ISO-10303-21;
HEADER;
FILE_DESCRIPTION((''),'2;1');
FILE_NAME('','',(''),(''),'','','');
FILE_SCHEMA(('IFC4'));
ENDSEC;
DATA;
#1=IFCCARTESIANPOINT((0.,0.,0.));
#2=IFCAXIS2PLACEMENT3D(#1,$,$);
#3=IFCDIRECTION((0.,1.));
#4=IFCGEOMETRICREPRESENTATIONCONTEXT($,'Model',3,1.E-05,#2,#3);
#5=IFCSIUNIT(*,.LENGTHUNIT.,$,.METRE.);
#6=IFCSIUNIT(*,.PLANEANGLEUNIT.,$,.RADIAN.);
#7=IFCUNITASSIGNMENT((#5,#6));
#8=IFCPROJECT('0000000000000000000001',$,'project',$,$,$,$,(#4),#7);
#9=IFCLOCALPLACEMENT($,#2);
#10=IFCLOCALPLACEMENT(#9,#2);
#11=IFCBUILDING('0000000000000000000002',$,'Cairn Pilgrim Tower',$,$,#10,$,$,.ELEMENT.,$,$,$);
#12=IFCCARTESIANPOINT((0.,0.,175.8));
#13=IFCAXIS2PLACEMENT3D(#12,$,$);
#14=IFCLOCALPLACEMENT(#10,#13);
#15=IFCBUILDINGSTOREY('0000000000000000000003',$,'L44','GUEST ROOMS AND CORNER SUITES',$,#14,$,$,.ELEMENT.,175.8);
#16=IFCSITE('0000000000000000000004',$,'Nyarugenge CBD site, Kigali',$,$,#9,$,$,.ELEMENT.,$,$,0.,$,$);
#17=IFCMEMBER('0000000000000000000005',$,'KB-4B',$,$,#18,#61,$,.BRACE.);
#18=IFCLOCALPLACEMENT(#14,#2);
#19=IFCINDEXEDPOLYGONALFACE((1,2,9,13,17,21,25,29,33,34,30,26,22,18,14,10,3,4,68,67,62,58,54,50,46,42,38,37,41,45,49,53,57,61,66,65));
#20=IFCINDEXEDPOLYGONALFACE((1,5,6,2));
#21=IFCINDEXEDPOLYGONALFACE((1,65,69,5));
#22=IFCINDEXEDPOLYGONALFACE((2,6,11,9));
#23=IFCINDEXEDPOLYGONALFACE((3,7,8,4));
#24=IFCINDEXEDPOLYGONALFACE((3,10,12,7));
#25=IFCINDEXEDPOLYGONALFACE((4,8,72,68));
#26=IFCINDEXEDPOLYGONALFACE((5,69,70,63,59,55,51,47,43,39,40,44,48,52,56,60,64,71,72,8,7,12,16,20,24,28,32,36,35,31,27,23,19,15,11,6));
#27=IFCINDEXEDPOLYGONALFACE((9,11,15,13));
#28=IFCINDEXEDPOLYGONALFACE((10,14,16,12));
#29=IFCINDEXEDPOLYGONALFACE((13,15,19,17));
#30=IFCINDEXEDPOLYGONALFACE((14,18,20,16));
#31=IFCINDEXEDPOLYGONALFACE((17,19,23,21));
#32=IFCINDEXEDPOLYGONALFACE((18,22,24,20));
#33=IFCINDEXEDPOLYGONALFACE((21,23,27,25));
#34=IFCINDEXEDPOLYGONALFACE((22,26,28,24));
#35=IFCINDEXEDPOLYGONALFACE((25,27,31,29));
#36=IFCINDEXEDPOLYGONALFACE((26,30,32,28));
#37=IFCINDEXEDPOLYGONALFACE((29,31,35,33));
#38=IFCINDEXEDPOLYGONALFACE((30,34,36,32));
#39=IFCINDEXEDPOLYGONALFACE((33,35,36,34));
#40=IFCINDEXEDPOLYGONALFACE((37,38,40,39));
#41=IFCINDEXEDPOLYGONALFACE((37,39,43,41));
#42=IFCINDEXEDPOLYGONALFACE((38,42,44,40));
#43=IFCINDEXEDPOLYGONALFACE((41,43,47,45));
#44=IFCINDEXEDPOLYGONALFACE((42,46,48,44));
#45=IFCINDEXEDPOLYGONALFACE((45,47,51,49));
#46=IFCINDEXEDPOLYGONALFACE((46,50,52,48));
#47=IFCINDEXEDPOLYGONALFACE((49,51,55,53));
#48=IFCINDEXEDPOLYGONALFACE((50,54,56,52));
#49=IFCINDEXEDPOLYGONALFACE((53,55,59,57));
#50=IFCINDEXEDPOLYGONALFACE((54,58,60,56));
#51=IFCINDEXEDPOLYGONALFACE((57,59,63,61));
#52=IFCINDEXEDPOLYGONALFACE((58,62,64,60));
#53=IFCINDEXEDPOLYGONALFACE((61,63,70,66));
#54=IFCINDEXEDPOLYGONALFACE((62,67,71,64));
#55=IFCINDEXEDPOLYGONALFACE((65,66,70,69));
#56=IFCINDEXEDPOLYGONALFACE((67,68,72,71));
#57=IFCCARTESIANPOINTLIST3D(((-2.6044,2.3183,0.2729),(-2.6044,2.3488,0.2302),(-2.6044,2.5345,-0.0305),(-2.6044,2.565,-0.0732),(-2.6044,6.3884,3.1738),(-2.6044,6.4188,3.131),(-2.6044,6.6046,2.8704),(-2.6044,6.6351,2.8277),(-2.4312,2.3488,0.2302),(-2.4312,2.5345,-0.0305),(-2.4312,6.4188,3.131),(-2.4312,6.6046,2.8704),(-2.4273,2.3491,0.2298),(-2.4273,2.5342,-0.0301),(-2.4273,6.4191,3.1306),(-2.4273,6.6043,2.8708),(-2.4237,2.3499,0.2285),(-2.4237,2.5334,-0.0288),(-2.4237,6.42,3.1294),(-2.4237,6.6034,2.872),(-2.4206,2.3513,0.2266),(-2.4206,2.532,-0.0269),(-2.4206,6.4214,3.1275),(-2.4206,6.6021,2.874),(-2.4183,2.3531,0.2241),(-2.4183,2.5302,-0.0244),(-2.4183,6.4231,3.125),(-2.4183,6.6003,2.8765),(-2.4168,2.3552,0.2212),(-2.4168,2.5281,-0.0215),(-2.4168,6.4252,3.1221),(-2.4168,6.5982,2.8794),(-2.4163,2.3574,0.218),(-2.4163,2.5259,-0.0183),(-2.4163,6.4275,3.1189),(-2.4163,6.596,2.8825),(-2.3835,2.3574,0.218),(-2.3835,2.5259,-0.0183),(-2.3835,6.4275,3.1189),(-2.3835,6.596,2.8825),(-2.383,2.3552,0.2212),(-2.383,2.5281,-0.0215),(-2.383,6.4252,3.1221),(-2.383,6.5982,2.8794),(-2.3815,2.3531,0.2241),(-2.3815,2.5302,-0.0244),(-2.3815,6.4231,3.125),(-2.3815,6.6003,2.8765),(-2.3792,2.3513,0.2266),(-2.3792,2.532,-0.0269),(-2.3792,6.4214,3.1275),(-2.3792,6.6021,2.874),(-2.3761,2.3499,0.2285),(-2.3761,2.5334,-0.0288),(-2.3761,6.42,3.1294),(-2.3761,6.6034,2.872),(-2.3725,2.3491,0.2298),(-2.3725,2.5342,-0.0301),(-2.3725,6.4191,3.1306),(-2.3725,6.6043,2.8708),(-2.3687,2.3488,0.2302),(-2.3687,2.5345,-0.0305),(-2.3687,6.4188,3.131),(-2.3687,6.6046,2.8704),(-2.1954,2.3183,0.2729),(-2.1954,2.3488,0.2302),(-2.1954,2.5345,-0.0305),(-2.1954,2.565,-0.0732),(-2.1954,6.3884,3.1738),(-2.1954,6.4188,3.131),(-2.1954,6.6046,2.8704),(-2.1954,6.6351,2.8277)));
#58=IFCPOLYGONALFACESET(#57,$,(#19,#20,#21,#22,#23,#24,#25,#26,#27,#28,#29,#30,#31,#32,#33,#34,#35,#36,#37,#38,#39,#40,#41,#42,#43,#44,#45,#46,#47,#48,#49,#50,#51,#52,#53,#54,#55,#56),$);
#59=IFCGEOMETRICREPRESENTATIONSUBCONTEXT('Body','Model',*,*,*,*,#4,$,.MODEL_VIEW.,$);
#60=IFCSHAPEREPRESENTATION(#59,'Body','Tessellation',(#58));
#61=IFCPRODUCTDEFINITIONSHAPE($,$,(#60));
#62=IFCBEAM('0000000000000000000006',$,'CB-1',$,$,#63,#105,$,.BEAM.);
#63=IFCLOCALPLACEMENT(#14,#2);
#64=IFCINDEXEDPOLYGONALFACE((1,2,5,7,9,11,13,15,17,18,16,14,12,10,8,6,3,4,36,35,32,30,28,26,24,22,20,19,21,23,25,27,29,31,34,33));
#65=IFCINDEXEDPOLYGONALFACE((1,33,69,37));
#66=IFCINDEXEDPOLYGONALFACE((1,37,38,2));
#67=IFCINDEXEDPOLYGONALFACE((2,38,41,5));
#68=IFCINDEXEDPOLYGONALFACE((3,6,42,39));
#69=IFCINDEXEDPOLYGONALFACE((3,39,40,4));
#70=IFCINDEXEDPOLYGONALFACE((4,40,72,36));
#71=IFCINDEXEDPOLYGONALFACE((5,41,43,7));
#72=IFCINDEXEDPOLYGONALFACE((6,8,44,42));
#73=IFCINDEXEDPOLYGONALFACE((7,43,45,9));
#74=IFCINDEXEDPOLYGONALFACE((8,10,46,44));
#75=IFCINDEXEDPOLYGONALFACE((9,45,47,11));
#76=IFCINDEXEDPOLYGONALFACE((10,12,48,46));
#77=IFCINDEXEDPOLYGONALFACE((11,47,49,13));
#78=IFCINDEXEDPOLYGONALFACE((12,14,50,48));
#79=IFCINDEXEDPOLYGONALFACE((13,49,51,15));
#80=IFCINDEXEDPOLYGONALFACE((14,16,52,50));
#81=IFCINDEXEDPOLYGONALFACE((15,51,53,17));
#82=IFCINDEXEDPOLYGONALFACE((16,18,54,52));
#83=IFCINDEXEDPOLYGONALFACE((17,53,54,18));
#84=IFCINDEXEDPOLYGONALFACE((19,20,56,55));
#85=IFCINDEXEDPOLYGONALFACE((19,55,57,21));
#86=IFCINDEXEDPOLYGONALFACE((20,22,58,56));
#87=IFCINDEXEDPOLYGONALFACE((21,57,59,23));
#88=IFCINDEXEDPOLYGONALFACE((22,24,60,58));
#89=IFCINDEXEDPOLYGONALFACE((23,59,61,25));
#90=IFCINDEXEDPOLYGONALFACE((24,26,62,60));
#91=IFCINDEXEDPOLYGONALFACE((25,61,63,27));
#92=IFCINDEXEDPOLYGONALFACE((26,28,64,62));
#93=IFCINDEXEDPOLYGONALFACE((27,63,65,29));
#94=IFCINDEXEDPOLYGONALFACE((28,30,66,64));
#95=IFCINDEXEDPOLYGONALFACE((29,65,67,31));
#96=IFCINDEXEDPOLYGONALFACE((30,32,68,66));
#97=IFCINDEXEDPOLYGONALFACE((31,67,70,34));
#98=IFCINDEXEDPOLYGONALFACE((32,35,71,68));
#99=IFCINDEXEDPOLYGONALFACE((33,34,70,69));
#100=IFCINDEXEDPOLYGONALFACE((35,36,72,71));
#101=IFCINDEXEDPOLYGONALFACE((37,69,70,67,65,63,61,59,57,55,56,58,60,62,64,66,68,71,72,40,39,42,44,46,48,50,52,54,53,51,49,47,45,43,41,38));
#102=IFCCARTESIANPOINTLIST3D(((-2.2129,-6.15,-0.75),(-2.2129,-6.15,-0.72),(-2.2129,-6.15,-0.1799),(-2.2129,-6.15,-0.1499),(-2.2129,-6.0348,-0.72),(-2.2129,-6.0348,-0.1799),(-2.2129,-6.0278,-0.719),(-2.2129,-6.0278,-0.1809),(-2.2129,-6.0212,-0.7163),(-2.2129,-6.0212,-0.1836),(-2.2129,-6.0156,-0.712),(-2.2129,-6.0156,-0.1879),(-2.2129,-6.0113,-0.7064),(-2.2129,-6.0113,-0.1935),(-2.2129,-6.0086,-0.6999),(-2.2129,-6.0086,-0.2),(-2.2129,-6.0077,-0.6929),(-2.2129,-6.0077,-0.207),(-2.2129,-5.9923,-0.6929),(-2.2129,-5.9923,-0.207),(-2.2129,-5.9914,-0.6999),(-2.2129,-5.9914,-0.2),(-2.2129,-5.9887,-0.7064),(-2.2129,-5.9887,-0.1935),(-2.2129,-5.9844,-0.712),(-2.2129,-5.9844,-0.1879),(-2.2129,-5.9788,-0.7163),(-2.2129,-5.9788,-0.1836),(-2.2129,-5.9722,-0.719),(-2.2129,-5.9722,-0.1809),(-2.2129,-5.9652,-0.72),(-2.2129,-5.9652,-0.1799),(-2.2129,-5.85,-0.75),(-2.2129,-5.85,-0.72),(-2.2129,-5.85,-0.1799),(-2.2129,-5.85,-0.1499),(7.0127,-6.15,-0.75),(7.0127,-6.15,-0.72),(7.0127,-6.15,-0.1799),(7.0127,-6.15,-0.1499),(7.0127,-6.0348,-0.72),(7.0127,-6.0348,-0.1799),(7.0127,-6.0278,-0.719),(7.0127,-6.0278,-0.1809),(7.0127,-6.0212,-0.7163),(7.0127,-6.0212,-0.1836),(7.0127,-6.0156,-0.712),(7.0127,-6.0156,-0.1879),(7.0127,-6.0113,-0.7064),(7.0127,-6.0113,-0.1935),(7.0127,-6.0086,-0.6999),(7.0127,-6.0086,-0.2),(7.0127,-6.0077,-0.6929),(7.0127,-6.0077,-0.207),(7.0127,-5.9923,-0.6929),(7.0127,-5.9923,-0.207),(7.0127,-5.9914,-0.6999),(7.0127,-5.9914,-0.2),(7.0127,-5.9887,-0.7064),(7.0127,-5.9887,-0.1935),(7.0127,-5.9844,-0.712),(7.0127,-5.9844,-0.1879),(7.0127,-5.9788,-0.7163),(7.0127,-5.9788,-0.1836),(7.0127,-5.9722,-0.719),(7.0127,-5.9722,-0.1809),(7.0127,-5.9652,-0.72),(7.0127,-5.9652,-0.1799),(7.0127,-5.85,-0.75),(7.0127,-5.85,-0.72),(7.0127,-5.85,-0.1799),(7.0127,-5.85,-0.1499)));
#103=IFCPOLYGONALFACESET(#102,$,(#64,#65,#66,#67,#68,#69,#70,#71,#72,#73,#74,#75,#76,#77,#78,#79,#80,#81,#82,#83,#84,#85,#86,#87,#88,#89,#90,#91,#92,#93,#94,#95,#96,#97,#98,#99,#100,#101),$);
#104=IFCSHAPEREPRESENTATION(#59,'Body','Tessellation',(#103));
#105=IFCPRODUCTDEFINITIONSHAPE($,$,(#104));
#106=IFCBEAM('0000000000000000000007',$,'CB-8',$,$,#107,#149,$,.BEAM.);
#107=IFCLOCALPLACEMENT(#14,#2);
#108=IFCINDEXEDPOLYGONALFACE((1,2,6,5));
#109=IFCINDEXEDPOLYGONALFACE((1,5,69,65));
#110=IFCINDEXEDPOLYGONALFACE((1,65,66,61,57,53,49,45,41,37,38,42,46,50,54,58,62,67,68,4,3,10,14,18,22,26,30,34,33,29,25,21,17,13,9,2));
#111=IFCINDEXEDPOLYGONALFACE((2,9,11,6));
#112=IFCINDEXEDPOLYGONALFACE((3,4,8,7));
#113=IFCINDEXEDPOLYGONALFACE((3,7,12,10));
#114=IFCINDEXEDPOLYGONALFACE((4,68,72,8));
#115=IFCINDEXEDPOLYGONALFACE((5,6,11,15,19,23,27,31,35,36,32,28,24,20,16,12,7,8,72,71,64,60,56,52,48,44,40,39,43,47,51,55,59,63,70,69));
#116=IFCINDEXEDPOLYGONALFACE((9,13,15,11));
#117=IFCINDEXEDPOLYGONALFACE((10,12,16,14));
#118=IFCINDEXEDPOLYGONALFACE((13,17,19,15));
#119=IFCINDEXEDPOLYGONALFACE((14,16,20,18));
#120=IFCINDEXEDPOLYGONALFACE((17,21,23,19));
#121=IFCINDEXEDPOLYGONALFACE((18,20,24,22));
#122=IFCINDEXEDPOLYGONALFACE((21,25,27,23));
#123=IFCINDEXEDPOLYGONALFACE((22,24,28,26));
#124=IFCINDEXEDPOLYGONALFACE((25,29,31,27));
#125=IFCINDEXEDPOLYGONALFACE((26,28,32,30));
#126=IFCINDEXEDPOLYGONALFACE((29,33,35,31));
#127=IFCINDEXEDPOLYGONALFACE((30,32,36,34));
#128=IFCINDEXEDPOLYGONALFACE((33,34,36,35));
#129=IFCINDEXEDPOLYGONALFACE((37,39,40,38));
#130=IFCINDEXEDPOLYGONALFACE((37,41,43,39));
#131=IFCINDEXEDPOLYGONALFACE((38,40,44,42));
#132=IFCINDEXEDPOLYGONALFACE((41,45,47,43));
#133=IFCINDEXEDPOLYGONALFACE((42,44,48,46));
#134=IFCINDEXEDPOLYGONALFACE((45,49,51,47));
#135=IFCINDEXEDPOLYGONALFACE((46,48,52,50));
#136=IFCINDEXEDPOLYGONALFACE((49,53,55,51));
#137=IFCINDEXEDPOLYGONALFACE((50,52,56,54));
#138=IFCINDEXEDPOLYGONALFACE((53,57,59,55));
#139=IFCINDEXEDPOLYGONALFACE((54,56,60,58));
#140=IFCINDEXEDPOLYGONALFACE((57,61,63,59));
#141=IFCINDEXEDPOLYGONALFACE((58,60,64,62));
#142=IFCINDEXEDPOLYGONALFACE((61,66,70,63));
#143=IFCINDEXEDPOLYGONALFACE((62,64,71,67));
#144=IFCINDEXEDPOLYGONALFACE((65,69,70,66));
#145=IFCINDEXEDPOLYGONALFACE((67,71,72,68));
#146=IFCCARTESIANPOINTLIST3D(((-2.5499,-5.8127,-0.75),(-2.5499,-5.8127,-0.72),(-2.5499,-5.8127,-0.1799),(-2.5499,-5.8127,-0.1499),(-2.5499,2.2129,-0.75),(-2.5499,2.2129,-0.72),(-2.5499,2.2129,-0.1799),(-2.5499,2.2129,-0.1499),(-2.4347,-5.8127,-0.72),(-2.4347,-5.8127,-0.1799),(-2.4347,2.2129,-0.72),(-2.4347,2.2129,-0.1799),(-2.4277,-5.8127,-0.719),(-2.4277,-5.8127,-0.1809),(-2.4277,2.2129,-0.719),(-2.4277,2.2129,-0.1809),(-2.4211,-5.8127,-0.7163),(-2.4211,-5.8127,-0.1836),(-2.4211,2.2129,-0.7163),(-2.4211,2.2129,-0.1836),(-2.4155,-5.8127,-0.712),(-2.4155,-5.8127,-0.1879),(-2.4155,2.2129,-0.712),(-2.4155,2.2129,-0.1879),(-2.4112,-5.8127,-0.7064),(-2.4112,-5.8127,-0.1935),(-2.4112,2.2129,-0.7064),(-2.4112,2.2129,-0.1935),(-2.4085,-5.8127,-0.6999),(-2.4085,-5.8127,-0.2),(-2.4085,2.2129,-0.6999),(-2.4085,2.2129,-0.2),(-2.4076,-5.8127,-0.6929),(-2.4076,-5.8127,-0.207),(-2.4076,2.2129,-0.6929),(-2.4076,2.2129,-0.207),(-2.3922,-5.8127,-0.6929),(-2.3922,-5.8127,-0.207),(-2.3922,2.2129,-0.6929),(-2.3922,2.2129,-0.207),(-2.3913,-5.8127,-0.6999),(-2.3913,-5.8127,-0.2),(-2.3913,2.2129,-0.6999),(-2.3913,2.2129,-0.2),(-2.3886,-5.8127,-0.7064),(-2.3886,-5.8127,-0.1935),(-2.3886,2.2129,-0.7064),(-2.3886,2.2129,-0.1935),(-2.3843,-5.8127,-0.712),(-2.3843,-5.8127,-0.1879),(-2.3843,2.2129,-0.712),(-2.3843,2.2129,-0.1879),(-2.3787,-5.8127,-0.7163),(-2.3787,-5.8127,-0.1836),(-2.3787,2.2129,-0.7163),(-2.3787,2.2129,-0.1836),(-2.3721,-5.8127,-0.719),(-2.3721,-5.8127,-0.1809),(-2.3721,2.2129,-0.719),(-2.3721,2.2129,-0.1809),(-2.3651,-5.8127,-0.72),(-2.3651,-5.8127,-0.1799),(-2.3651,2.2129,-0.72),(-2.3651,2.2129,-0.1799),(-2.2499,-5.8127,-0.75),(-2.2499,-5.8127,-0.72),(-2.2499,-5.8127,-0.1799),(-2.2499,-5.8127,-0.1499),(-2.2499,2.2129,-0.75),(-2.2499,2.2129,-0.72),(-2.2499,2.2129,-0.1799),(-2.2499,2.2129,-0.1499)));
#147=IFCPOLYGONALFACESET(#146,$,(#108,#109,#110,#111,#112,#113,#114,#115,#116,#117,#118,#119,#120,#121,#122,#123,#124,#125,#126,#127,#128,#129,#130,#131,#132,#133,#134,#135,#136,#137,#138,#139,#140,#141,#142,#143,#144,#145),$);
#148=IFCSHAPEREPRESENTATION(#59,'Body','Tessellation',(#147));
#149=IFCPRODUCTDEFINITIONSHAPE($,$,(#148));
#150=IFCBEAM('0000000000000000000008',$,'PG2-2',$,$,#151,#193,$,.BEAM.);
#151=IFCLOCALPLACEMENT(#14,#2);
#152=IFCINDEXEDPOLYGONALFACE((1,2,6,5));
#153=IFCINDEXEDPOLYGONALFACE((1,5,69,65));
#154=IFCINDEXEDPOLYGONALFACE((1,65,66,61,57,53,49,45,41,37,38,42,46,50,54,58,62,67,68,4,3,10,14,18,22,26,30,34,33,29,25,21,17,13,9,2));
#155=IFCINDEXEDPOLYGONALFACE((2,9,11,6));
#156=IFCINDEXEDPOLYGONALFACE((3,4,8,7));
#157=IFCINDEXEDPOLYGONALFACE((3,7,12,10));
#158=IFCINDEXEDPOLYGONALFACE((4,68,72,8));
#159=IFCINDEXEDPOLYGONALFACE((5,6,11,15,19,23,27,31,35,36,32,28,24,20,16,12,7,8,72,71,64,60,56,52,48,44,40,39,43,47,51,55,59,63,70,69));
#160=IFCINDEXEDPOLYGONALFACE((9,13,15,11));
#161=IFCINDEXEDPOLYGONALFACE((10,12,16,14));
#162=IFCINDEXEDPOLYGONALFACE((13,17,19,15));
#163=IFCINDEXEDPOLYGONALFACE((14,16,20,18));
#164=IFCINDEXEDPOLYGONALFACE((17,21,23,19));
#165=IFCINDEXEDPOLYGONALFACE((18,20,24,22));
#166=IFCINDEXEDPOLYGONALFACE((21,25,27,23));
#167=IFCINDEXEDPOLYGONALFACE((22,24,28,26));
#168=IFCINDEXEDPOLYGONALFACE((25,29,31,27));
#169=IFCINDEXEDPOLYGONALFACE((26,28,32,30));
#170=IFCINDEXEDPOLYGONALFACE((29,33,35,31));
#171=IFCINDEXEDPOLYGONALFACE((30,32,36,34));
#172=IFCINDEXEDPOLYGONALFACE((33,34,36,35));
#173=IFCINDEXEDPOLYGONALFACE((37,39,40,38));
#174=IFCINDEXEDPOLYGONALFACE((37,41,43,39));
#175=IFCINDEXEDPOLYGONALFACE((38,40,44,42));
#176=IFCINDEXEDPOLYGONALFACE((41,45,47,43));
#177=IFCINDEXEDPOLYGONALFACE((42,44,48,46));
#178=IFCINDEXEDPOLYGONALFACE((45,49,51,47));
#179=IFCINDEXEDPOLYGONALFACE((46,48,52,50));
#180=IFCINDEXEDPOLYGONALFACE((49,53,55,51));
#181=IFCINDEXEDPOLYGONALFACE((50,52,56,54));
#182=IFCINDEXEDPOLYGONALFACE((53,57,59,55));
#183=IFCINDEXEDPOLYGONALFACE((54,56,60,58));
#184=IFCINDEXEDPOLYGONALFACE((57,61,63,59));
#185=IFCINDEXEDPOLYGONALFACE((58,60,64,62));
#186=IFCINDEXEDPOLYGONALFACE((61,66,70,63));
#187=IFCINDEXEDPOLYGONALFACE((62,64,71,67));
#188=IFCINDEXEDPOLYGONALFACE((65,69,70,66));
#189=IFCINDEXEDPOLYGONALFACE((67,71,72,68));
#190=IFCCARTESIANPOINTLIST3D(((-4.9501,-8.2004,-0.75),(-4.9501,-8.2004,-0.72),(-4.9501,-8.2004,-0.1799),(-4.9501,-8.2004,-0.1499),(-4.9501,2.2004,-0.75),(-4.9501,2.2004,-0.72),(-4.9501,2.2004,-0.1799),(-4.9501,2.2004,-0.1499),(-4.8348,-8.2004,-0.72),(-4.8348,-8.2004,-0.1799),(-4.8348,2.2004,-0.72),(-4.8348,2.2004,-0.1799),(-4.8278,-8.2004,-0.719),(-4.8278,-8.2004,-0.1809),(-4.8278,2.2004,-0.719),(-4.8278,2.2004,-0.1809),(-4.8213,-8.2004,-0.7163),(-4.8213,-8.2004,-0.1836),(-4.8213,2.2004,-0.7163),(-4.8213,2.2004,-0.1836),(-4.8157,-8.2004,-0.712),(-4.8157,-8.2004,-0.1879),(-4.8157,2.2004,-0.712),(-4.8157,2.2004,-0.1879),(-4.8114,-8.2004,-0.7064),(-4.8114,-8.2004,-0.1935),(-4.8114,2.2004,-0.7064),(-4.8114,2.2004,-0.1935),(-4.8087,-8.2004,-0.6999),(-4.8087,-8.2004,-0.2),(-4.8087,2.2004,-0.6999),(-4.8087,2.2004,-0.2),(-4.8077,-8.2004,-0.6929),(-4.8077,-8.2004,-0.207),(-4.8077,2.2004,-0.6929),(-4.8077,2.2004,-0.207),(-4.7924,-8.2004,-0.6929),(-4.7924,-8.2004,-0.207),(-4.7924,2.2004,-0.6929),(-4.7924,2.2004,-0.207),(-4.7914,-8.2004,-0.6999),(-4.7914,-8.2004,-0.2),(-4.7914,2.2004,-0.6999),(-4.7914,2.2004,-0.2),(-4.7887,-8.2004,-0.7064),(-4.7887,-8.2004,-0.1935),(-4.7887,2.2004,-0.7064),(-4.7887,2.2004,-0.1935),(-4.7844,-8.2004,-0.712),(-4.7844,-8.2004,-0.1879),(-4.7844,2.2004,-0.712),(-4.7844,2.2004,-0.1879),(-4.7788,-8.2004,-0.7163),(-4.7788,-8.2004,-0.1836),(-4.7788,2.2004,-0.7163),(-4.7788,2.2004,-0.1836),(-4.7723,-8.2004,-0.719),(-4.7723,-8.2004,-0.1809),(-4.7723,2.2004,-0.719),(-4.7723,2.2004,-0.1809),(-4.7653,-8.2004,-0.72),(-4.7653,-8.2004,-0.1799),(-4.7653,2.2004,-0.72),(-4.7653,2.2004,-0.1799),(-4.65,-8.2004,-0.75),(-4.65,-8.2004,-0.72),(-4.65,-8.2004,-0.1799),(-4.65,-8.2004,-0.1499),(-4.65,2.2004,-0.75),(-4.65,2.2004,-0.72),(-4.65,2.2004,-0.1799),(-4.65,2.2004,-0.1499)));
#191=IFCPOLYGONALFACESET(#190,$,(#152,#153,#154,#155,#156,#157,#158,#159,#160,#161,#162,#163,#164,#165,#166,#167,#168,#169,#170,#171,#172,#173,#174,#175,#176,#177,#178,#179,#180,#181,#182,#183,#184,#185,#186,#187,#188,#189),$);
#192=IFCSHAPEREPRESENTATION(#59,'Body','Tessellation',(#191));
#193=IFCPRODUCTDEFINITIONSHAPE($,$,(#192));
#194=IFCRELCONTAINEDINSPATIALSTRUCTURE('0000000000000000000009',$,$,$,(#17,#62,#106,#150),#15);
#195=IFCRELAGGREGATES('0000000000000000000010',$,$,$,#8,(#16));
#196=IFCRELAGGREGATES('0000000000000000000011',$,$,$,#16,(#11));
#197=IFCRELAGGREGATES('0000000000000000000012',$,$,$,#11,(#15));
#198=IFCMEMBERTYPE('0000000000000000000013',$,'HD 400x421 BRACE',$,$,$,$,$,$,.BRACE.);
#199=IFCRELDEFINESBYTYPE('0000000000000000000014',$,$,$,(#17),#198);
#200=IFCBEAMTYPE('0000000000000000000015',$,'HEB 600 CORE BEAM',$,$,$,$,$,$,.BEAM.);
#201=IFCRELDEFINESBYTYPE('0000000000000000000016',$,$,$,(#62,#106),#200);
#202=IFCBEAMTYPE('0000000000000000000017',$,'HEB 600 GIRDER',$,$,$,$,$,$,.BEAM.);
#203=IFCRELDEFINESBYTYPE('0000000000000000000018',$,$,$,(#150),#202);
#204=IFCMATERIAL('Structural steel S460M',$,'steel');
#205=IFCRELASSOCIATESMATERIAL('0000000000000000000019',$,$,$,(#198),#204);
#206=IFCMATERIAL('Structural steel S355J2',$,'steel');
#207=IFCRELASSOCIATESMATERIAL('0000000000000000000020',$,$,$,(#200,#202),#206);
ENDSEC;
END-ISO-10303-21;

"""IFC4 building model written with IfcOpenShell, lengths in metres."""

from ifc_helpers import new_model, si_unit, direction, frame, origin, origin_2d, place, context, subcontext, project, spatial, i_section, extrude, material, material_profile, profile_set, type_object, element, save


model = new_model("IFC4")

# Units and contexts
model_context = context("Model", 3, precision=1e-05, world=origin(), true_north=direction((0.0, 1.0)))
body_context = subcontext(model_context, "Body", "Model", "MODEL_VIEW")
ifc_project = project(units=[si_unit("LENGTHUNIT", "METRE"), si_unit("PLANEANGLEUNIT", "RADIAN")], contexts=[model_context])

# Site, building, storey
site_placement = place(None, origin())
site = spatial("IfcSite", under=ifc_project, at=site_placement, Name="Nyarugenge CBD site, Kigali", CompositionType="ELEMENT", RefElevation=0.0)
building_placement = place(site_placement, origin())
building = spatial("IfcBuilding", under=site, at=building_placement, Name="Cairn Pilgrim Tower", CompositionType="ELEMENT")
storey_placement = place(building_placement, frame((0.0, 0.0, 175.8)))
storey = spatial("IfcBuildingStorey", under=building, at=storey_placement, Name="L44", Description="GUEST ROOMS AND CORNER SUITES", CompositionType="ELEMENT", Elevation=175.8)

# Shared definitions
ifc_material_1 = material(Name="Structural steel S355J2", Category="steel")
ifc_material_2 = material(Name="Structural steel S460M", Category="steel")

# Member
ifc_material_profile_1 = material_profile(ifc_material_2, i_section(OverallWidth=0.4089, OverallDepth=0.425, WebThickness=0.0327, FlangeThickness=0.0525, FilletRadius=0.0149, at=origin_2d()), Name="HD 400x421")
ifc_profile_set_1 = profile_set([ifc_material_profile_1], Name="Structural steel S460M")
member_type = type_object("IfcMemberType", Name="HD 400x421 BRACE", PredefinedType="BRACE", material=ifc_profile_set_1)
member_1_placement = place(storey_placement, frame((-2.3999, 2.4417, 0.0999), z_axis=(0.0, 0.81433, 0.580402), x_axis=(-1.0, 0.0, 0.0)))
element("IfcMember", 1, at=member_1_placement, inside=storey, type_object=member_type, Name="KB-4B", PredefinedType="BRACE", context=body_context, shape_type="SweptSolid", body=[
    extrude(i_section(OverallWidth=0.4089, OverallDepth=0.425, WebThickness=0.0327, FlangeThickness=0.0525, FilletRadius=0.0149, at=origin_2d()), origin(), (0.0, 0.0, 1.0), 4.998),
])

# Beams
ifc_material_profile_2 = material_profile(ifc_material_1, i_section(OverallWidth=0.3, OverallDepth=0.6001, WebThickness=0.0154, FlangeThickness=0.03, FilletRadius=0.0271, at=origin_2d()), Name="HEB 600")
ifc_profile_set_2 = profile_set([ifc_material_profile_2], Name="Structural steel S355J2")
beam_type_1 = type_object("IfcBeamType", Name="HEB 600 CORE BEAM", PredefinedType="BEAM", material=ifc_profile_set_2)
beam_1_placement = place(storey_placement, frame((-2.2129, -6.0, -0.45), z_axis=(1.0, 0.0, 0.0), x_axis=(0.0, 1.0, 0.0)))
element("IfcBeam", 2, at=beam_1_placement, inside=storey, type_object=beam_type_1, Name="CB-1", PredefinedType="BEAM", context=body_context, shape_type="SweptSolid", body=[
    extrude(i_section(OverallWidth=0.3, OverallDepth=0.6001, WebThickness=0.0154, FlangeThickness=0.03, FilletRadius=0.0271, at=origin_2d()), origin(), (0.0, 0.0, 1.0), 9.2256),
])
beam_2_placement = place(storey_placement, frame((-2.3999, 2.2129, -0.45), z_axis=(0.0, -1.0, 0.0), x_axis=(1.0, 0.0, 0.0)))
element("IfcBeam", 3, at=beam_2_placement, inside=storey, type_object=beam_type_1, Name="CB-8", PredefinedType="BEAM", context=body_context, shape_type="SweptSolid", body=[
    extrude(i_section(OverallWidth=0.3, OverallDepth=0.6001, WebThickness=0.0154, FlangeThickness=0.03, FilletRadius=0.0271, at=origin_2d()), origin(), (0.0, 0.0, 1.0), 8.0256),
])
ifc_material_profile_3 = material_profile(ifc_material_1, i_section(OverallWidth=0.3, OverallDepth=0.6001, WebThickness=0.0154, FlangeThickness=0.03, FilletRadius=0.0271, at=origin_2d()), Name="HEB 600")
ifc_profile_set_3 = profile_set([ifc_material_profile_3], Name="Structural steel S355J2")
beam_type_2 = type_object("IfcBeamType", Name="HEB 600 GIRDER", PredefinedType="BEAM", material=ifc_profile_set_3)
beam_3_placement = place(storey_placement, frame((-4.8, -8.2004, -0.45), z_axis=(0.0, 1.0, 0.0), x_axis=(-1.0, 0.0, 0.0)))
element("IfcBeam", 4, at=beam_3_placement, inside=storey, type_object=beam_type_2, Name="PG2-2", PredefinedType="BEAM", context=body_context, shape_type="SweptSolid", body=[
    extrude(i_section(OverallWidth=0.3, OverallDepth=0.6001, WebThickness=0.0154, FlangeThickness=0.03, FilletRadius=0.0271, at=origin_2d()), origin(), (0.0, 0.0, 1.0), 10.4009),
])

save(model, "model.ifc")
